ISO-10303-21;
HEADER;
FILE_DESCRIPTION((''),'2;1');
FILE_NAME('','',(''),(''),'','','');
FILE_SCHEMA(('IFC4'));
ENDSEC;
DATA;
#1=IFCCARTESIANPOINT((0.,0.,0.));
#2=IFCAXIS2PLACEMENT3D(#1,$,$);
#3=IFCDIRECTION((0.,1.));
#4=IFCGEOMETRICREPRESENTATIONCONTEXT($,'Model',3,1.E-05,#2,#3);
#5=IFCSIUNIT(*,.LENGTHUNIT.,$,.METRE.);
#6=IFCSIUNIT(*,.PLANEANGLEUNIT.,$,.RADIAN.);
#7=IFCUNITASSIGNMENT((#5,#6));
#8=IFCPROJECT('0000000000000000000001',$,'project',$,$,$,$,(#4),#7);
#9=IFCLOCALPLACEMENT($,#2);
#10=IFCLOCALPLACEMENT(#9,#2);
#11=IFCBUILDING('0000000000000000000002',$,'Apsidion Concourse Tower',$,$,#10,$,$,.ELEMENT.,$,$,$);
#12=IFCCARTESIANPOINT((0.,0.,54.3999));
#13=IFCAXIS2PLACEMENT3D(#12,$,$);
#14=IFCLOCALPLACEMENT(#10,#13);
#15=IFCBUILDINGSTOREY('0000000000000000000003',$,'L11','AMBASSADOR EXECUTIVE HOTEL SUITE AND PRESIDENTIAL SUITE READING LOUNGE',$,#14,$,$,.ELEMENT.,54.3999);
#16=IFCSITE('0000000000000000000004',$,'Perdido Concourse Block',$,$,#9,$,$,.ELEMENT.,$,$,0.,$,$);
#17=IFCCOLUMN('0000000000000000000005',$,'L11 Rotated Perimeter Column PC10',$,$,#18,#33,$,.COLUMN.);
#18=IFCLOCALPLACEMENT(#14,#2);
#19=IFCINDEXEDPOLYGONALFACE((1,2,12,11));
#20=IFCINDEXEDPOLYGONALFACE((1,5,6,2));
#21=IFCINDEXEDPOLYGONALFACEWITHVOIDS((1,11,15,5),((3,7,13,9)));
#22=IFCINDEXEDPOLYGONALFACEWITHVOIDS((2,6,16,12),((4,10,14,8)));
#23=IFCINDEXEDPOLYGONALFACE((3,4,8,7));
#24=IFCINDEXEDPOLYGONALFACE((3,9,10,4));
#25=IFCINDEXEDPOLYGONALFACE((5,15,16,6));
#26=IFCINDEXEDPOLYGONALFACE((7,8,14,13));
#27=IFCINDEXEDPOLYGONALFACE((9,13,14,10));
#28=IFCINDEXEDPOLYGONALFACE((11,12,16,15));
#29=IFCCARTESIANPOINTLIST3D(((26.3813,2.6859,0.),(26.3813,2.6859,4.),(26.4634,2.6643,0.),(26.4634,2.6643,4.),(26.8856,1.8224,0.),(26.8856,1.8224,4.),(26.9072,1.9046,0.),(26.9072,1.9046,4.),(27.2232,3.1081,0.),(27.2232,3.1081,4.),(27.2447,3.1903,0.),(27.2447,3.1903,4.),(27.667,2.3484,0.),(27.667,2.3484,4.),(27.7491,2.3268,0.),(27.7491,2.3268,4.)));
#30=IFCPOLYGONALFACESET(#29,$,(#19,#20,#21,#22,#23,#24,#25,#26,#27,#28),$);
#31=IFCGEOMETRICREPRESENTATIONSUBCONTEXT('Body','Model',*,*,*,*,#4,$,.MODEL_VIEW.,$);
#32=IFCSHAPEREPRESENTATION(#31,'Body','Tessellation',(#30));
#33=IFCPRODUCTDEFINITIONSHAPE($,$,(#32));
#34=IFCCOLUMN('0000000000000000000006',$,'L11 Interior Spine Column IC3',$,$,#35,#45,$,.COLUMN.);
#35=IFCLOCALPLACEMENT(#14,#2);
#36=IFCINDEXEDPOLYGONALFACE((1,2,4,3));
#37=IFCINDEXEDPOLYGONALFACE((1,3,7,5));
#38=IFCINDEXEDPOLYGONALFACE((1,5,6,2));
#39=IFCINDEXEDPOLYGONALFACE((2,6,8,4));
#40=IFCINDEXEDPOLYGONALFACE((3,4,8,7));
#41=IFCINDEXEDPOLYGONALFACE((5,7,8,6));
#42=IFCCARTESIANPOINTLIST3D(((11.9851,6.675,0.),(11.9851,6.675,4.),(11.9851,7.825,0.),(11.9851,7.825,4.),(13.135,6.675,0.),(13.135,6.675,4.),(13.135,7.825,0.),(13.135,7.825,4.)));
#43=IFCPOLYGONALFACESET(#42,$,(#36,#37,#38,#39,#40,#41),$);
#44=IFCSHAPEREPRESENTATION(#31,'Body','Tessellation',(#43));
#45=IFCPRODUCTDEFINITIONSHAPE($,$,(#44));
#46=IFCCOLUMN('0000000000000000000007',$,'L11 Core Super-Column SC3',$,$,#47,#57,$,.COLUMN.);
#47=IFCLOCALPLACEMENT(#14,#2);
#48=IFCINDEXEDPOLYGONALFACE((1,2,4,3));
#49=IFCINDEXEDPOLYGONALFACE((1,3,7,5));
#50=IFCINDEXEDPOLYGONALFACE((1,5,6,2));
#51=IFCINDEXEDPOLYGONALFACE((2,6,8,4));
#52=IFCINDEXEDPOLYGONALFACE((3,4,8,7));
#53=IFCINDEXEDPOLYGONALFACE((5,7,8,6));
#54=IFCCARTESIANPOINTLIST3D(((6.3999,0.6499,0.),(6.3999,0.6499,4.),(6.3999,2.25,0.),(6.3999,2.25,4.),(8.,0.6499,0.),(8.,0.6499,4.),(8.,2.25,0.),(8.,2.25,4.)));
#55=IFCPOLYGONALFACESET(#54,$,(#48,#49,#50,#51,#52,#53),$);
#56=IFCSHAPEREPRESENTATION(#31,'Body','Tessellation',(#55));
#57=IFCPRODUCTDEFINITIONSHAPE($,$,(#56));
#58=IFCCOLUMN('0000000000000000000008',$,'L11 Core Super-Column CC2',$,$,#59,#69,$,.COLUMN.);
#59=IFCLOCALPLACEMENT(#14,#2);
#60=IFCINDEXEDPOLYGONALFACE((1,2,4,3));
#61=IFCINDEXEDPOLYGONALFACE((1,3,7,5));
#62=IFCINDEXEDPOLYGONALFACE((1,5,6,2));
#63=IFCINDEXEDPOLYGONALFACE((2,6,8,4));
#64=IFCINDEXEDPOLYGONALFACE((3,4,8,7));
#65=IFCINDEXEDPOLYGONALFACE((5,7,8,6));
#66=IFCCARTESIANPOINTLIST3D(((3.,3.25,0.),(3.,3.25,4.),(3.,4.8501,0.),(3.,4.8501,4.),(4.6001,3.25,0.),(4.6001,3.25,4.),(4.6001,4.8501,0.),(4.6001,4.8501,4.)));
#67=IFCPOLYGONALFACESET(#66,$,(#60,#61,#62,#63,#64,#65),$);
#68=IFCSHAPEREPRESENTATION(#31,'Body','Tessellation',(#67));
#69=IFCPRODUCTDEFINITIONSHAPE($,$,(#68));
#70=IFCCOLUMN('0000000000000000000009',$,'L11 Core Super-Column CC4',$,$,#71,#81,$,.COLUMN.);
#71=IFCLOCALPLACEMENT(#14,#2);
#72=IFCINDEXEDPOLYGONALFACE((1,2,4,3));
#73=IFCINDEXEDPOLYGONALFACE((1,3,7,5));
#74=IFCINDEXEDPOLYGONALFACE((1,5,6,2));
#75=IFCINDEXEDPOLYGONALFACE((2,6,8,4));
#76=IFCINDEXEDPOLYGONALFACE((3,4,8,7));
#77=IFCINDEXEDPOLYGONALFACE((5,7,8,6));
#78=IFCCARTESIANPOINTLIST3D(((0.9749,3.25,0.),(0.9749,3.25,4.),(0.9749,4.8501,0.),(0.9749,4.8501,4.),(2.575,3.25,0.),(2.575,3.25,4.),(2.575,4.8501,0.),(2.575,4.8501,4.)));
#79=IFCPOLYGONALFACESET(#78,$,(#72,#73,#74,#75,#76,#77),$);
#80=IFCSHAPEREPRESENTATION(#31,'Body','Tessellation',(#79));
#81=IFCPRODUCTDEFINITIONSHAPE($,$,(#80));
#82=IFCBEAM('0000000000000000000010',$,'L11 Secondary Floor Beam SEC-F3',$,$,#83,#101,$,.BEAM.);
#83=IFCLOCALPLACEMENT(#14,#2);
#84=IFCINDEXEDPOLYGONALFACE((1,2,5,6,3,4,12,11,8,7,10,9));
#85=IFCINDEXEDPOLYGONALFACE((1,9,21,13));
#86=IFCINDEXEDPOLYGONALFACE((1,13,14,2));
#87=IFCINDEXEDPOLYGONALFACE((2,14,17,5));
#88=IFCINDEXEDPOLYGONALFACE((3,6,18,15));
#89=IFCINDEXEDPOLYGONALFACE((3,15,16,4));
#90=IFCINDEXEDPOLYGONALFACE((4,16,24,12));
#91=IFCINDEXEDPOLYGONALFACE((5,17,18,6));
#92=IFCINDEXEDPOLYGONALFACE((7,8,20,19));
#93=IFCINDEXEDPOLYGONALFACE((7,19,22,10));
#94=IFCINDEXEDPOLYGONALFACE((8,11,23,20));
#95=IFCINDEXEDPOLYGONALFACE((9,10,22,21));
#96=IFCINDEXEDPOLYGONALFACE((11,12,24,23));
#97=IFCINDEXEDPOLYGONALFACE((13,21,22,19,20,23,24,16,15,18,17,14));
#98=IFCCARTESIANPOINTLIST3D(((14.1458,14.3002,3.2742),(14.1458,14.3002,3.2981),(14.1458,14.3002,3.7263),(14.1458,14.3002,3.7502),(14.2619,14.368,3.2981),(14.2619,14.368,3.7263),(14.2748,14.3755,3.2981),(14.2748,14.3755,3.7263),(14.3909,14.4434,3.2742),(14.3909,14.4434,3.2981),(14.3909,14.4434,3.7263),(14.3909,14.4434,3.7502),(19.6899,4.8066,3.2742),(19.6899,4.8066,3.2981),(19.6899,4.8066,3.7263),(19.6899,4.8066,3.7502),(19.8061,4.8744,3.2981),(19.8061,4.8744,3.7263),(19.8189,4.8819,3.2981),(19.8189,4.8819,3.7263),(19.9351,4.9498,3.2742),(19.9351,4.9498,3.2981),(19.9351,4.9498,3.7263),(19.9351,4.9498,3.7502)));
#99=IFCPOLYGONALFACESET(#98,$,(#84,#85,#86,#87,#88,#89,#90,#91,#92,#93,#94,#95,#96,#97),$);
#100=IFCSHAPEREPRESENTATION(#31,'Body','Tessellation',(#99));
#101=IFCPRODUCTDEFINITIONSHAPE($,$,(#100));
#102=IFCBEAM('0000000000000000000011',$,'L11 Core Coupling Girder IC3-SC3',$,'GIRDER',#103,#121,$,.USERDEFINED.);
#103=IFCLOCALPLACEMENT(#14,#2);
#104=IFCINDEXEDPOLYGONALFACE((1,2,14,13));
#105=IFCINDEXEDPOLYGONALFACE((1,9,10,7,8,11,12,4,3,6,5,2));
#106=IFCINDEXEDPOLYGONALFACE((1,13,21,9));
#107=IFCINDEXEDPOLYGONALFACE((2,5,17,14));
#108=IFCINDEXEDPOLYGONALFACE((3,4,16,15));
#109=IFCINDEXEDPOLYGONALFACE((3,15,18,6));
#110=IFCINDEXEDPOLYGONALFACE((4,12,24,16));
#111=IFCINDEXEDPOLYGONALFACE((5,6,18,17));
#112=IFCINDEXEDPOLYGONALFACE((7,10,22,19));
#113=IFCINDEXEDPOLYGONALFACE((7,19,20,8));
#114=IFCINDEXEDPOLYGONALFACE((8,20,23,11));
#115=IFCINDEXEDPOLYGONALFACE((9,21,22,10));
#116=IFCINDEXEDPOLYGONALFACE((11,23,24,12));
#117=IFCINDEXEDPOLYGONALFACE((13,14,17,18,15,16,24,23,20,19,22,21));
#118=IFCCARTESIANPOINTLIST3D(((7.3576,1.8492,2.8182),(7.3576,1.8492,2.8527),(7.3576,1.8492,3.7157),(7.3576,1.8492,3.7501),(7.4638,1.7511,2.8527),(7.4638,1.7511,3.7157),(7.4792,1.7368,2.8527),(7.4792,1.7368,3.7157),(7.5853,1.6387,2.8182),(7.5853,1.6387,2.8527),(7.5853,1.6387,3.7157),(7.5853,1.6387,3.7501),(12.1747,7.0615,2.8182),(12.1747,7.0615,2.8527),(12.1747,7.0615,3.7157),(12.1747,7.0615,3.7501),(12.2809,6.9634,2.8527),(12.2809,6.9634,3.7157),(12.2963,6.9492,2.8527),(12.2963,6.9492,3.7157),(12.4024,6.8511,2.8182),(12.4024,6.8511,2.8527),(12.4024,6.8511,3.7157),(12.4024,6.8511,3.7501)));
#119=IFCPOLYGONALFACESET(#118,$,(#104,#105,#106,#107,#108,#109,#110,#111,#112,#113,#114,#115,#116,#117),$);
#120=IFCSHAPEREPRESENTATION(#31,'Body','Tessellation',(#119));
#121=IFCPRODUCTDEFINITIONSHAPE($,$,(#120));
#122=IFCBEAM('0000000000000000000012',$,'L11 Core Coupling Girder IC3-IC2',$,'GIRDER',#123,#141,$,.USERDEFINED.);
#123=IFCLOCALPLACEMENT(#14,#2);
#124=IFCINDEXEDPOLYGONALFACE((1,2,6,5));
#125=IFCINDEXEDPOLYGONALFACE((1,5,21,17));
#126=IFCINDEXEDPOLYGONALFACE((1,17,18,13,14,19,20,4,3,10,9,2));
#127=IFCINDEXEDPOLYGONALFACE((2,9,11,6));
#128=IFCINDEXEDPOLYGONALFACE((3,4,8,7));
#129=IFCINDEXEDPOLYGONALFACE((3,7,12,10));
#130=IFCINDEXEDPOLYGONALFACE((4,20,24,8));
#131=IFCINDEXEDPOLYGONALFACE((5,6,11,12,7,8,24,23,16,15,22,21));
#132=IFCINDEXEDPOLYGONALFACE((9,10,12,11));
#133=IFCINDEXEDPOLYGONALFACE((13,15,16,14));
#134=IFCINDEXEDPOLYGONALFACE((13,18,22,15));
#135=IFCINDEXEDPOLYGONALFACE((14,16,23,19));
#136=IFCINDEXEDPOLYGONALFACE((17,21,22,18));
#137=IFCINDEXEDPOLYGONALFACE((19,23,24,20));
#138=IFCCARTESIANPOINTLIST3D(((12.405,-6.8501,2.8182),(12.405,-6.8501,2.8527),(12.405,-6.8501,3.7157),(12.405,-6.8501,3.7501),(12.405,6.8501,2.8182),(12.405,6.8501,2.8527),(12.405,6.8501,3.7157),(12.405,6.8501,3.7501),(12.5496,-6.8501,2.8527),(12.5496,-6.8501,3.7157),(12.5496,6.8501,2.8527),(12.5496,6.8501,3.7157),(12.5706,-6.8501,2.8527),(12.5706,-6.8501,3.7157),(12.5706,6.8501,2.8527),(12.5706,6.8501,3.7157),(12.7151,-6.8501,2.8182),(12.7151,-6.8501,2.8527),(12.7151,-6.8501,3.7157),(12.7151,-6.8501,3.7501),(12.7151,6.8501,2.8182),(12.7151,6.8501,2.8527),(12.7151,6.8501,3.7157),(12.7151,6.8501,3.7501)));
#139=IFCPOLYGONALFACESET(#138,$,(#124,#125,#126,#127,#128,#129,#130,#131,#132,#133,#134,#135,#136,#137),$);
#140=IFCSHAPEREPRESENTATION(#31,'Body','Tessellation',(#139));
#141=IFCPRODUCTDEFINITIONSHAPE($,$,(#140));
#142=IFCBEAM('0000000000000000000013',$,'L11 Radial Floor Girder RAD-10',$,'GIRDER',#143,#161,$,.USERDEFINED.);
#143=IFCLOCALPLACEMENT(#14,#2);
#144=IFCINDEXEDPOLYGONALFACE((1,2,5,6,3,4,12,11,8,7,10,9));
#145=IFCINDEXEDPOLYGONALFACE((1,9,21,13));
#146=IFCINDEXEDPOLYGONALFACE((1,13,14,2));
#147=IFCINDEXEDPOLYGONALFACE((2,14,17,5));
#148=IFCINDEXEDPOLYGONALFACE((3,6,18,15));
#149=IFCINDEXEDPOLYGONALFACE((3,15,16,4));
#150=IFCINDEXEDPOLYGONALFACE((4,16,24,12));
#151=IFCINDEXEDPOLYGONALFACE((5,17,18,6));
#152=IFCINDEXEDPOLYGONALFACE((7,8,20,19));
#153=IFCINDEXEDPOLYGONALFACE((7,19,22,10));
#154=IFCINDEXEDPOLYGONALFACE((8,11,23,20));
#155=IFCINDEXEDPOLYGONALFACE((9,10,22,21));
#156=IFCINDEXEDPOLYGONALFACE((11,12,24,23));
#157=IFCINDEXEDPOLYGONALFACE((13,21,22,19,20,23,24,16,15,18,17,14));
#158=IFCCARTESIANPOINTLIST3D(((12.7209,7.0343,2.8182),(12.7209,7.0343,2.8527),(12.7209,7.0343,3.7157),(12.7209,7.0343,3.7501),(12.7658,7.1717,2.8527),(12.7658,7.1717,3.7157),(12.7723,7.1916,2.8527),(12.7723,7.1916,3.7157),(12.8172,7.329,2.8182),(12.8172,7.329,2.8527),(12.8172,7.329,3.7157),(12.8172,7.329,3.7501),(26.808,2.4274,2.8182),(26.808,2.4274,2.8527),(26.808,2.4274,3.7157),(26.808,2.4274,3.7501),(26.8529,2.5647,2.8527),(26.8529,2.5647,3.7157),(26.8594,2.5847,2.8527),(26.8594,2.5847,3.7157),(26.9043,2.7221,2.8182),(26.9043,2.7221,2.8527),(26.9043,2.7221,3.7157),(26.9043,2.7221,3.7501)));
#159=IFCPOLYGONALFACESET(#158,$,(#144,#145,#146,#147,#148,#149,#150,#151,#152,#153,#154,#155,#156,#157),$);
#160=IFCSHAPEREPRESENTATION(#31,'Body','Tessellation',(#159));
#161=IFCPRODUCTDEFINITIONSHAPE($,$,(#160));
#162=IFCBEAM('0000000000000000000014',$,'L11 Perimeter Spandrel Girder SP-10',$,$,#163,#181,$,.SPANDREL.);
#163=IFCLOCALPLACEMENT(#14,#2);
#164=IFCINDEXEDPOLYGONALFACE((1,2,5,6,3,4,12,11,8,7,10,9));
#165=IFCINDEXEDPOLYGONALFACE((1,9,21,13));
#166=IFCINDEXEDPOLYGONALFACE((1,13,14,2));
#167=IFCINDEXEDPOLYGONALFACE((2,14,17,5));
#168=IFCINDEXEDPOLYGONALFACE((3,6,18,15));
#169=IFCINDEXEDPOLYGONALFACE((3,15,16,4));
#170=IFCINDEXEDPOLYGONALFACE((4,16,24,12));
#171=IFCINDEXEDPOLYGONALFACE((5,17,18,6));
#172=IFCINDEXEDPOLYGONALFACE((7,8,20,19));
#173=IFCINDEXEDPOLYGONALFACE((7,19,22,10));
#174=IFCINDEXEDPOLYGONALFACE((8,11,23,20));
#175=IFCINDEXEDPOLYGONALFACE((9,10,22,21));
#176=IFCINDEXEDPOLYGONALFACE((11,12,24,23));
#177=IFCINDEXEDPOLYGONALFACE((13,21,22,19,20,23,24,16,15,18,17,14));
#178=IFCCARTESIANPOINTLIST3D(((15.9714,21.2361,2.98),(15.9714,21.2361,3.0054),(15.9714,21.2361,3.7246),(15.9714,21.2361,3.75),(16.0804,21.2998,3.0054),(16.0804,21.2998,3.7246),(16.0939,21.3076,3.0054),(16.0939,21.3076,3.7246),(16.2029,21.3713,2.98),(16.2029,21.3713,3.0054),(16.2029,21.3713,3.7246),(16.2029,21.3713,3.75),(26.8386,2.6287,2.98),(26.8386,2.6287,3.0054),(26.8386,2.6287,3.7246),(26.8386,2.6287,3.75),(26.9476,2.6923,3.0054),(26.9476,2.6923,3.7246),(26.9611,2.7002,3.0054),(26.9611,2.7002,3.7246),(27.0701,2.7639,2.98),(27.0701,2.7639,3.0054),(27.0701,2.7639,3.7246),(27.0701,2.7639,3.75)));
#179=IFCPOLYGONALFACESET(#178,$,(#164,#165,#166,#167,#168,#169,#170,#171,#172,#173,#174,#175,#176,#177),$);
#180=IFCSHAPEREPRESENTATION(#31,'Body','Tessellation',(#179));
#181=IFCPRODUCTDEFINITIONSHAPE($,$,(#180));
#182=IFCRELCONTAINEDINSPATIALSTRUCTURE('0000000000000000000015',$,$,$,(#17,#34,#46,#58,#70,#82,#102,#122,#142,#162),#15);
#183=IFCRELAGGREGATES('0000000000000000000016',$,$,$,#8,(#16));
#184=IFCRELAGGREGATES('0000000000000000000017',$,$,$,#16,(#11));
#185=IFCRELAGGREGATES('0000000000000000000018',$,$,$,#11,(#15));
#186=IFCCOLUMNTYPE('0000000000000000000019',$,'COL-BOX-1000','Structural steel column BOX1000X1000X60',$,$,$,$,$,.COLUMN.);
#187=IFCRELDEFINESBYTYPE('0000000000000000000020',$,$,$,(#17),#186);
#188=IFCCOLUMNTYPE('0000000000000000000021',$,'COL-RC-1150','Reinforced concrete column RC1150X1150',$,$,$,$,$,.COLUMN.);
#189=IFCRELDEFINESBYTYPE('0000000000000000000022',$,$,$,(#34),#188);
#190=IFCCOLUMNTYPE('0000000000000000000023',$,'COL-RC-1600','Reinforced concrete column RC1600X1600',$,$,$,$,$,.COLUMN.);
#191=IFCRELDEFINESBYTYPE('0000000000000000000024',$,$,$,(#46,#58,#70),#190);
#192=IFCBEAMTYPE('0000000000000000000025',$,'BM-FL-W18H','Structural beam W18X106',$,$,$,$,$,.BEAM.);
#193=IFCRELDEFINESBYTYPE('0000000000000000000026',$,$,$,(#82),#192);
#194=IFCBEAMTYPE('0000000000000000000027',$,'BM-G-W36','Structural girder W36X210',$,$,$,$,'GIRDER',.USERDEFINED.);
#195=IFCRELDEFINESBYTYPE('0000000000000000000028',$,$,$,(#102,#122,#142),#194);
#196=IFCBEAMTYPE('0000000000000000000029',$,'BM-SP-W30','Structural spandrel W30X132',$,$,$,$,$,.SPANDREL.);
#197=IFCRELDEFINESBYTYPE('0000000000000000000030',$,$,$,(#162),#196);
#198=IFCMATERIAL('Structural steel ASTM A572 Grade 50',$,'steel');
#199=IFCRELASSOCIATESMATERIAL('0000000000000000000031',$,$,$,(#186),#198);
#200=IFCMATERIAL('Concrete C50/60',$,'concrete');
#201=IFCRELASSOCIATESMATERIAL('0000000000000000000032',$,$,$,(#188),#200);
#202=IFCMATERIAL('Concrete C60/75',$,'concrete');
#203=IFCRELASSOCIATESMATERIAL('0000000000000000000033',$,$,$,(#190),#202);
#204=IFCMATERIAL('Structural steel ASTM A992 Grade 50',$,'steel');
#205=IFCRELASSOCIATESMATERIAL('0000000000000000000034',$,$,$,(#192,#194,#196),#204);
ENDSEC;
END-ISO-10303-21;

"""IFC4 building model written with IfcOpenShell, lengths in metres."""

from ifc_helpers import new_model, si_unit, direction, frame, origin, origin_2d, place, context, subcontext, project, spatial, rectangle, hollow_rectangle, i_section, extrude, material, material_profile, profile_set, type_object, element, save


model = new_model("IFC4")

# Units and contexts
model_context = context("Model", 3, precision=1e-05, world=origin(), true_north=direction((0.0, 1.0)))
body_context = subcontext(model_context, "Body", "Model", "MODEL_VIEW")
ifc_project = project(units=[si_unit("LENGTHUNIT", "METRE"), si_unit("PLANEANGLEUNIT", "RADIAN")], contexts=[model_context])

# Site, building, storey
site_placement = place(None, origin())
site = spatial("IfcSite", under=ifc_project, at=site_placement, Name="Perdido Concourse Block", CompositionType="ELEMENT", RefElevation=0.0)
building_placement = place(site_placement, origin())
building = spatial("IfcBuilding", under=site, at=building_placement, Name="Apsidion Concourse Tower", CompositionType="ELEMENT")
storey_placement = place(building_placement, frame((0.0, 0.0, 54.3999)))
storey = spatial("IfcBuildingStorey", under=building, at=storey_placement, Name="L11", Description="AMBASSADOR EXECUTIVE HOTEL SUITE AND PRESIDENTIAL SUITE READING LOUNGE", CompositionType="ELEMENT", Elevation=54.3999)

# Columns
ifc_material_1 = material(Name="Structural steel ASTM A572 Grade 50", Category="steel")
ifc_material_profile_1 = material_profile(ifc_material_1, hollow_rectangle(XDim=1.0, YDim=1.0, WallThickness=0.0601, at=origin_2d()), Name="BOX1000X1000X60")
ifc_profile_set_1 = profile_set([ifc_material_profile_1], Name="Structural steel ASTM A572 Grade 50")
column_type_1 = type_object("IfcColumnType", Name="COL-BOX-1000", Description="Structural steel column BOX1000X1000X60", PredefinedType="COLUMN", material=ifc_profile_set_1)
column_1_placement = place(storey_placement, frame((27.0652, 2.5063, 0.0), z_axis=(0.0, 0.0, 1.0), x_axis=(-0.504377, 0.863484, 0.0)))
element("IfcColumn", 1, at=column_1_placement, inside=storey, type_object=column_type_1, Name="L11 Rotated Perimeter Column PC10", PredefinedType="COLUMN", context=body_context, shape_type="SweptSolid", body=[
    extrude(hollow_rectangle(XDim=1.0, YDim=1.0, WallThickness=0.0601, at=origin_2d()), origin(), (0.0, 0.0, 1.0), 4.0),
])
ifc_material_2 = material(Name="Concrete C50/60", Category="concrete")
ifc_material_profile_2 = material_profile(ifc_material_2, rectangle(XDim=1.1499, YDim=1.1499, at=origin_2d()), Name="RC 1150x1150")
ifc_profile_set_2 = profile_set([ifc_material_profile_2], Name="Concrete C50/60")
column_type_2 = type_object("IfcColumnType", Name="COL-RC-1150", Description="Reinforced concrete column RC1150X1150", PredefinedType="COLUMN", material=ifc_profile_set_2)
column_2_placement = place(storey_placement, frame((12.5601, 7.25, 0.0), z_axis=(0.0, 0.0, 1.0), x_axis=(1.0, 0.0, 0.0)))
element("IfcColumn", 2, at=column_2_placement, inside=storey, type_object=column_type_2, Name="L11 Interior Spine Column IC3", PredefinedType="COLUMN", context=body_context, shape_type="SweptSolid", body=[
    extrude(rectangle(XDim=1.1499, YDim=1.1499, at=origin_2d()), origin(), (0.0, 0.0, 1.0), 4.0),
])
ifc_material_3 = material(Name="Concrete C60/75", Category="concrete")
ifc_material_profile_3 = material_profile(ifc_material_3, rectangle(XDim=1.6001, YDim=1.6001, at=origin_2d()), Name="RC 1600x1600")
ifc_profile_set_3 = profile_set([ifc_material_profile_3], Name="Concrete C60/75")
column_type_3 = type_object("IfcColumnType", Name="COL-RC-1600", Description="Reinforced concrete column RC1600X1600", PredefinedType="COLUMN", material=ifc_profile_set_3)
for number, where, z_axis, x_axis, name in (
    (3, (7.2, 1.45, 0.0), (0.0, 0.0, 1.0), (1.0, 0.0, 0.0), "L11 Core Super-Column SC3"),
    (4, (3.8, 4.05, 0.0), (0.0, 0.0, 1.0), (1.0, 0.0, 0.0), "L11 Core Super-Column CC2"),
    (5, (1.7749, 4.05, 0.0), (0.0, 0.0, 1.0), (1.0, 0.0, 0.0), "L11 Core Super-Column CC4"),
):
    element("IfcColumn", number, at=place(storey_placement, frame(where, z_axis=z_axis, x_axis=x_axis)), inside=storey, type_object=column_type_3, Name=name, PredefinedType="COLUMN", context=body_context, shape_type="SweptSolid", body=[
        extrude(rectangle(XDim=1.6001, YDim=1.6001, at=origin_2d()), origin(), (0.0, 0.0, 1.0), 4.0),
    ])

# Beams
ifc_material_4 = material(Name="Structural steel ASTM A992 Grade 50", Category="steel")
ifc_material_profile_4 = material_profile(ifc_material_4, i_section(OverallWidth=0.2839, OverallDepth=0.4761, WebThickness=0.0149, FlangeThickness=0.0239, at=origin_2d()), Name="W18X106")
ifc_profile_set_4 = profile_set([ifc_material_profile_4], Name="Structural steel ASTM A992 Grade 50")
beam_type_1 = type_object("IfcBeamType", Name="BM-FL-W18H", Description="Structural beam W18X106", PredefinedType="BEAM", material=ifc_profile_set_4)
beam_1_placement = place(storey_placement, frame((19.8125, 4.8782, 3.5122), z_axis=(-0.504293, 0.863532, 0.0), x_axis=(-0.863532, -0.504293, 0.0)))
element("IfcBeam", 6, at=beam_1_placement, inside=storey, type_object=beam_type_1, Name="L11 Secondary Floor Beam SEC-F3", PredefinedType="BEAM", context=body_context, shape_type="SweptSolid", body=[
    extrude(i_section(OverallWidth=0.2839, OverallDepth=0.4761, WebThickness=0.0149, FlangeThickness=0.0239, at=origin_2d()), origin(), (0.0, 0.0, 1.0), 10.9939),
])
ifc_material_profile_5 = material_profile(ifc_material_4, i_section(OverallWidth=0.3101, OverallDepth=0.9319, WebThickness=0.021, FlangeThickness=0.0344, at=origin_2d()), Name="W36X210")
ifc_profile_set_5 = profile_set([ifc_material_profile_5], Name="Structural steel ASTM A992 Grade 50")
beam_type_2 = type_object("IfcBeamType", Name="BM-G-W36", Description="Structural girder W36X210", ElementType="GIRDER", PredefinedType="USERDEFINED", material=ifc_profile_set_5)
beam_2_placement = place(storey_placement, frame((12.2886, 6.9563, 3.2842), z_axis=(-0.678713, -0.734404, 0.0), x_axis=(0.734404, -0.678713, 0.0)))
element("IfcBeam", 7, at=beam_2_placement, inside=storey, type_object=beam_type_2, Name="L11 Core Coupling Girder IC3-SC3", ObjectType="GIRDER", PredefinedType="USERDEFINED", context=body_context, shape_type="SweptSolid", body=[
    extrude(i_section(OverallWidth=0.3101, OverallDepth=0.9319, WebThickness=0.021, FlangeThickness=0.0344, at=origin_2d()), origin(), (0.0, 0.0, 1.0), 7.0974),
])
beam_3_placement = place(storey_placement, frame((12.5601, 6.8501, 3.2842), z_axis=(0.0, -1.0, 0.0), x_axis=(1.0, 0.0, 0.0)))
element("IfcBeam", 8, at=beam_3_placement, inside=storey, type_object=beam_type_2, Name="L11 Core Coupling Girder IC3-IC2", ObjectType="GIRDER", PredefinedType="USERDEFINED", context=body_context, shape_type="SweptSolid", body=[
    extrude(i_section(OverallWidth=0.3101, OverallDepth=0.9319, WebThickness=0.021, FlangeThickness=0.0344, at=origin_2d()), origin(), (0.0, 0.0, 1.0), 13.7002),
])
beam_4_placement = place(storey_placement, frame((12.769, 7.1816, 3.2842), z_axis=(0.950465, -0.310831, 0.0), x_axis=(0.310831, 0.950465, 0.0)))
element("IfcBeam", 9, at=beam_4_placement, inside=storey, type_object=beam_type_2, Name="L11 Radial Floor Girder RAD-10", ObjectType="GIRDER", PredefinedType="USERDEFINED", context=body_context, shape_type="SweptSolid", body=[
    extrude(i_section(OverallWidth=0.3101, OverallDepth=0.9319, WebThickness=0.021, FlangeThickness=0.0344, at=origin_2d()), origin(), (0.0, 0.0, 1.0), 14.8213),
])
ifc_material_profile_6 = material_profile(ifc_material_4, i_section(OverallWidth=0.2681, OverallDepth=0.77, WebThickness=0.0156, FlangeThickness=0.0254, at=origin_2d()), Name="W30X132")
ifc_profile_set_6 = profile_set([ifc_material_profile_6], Name="Structural steel ASTM A992 Grade 50")
beam_type_3 = type_object("IfcBeamType", Name="BM-SP-W30", Description="Structural spandrel W30X132", PredefinedType="SPANDREL", material=ifc_profile_set_6)
beam_5_placement = place(storey_placement, frame((26.9543, 2.6963, 3.365), z_axis=(-0.504316, 0.863519, 0.0), x_axis=(-0.863519, -0.504316, 0.0)))
element("IfcBeam", 10, at=beam_5_placement, inside=storey, type_object=beam_type_3, Name="L11 Perimeter Spandrel Girder SP-10", PredefinedType="SPANDREL", context=body_context, shape_type="SweptSolid", body=[
    extrude(i_section(OverallWidth=0.2681, OverallDepth=0.77, WebThickness=0.0156, FlangeThickness=0.0254, at=origin_2d()), origin(), (0.0, 0.0, 1.0), 21.5483),
])

save(model, "model.ifc")
